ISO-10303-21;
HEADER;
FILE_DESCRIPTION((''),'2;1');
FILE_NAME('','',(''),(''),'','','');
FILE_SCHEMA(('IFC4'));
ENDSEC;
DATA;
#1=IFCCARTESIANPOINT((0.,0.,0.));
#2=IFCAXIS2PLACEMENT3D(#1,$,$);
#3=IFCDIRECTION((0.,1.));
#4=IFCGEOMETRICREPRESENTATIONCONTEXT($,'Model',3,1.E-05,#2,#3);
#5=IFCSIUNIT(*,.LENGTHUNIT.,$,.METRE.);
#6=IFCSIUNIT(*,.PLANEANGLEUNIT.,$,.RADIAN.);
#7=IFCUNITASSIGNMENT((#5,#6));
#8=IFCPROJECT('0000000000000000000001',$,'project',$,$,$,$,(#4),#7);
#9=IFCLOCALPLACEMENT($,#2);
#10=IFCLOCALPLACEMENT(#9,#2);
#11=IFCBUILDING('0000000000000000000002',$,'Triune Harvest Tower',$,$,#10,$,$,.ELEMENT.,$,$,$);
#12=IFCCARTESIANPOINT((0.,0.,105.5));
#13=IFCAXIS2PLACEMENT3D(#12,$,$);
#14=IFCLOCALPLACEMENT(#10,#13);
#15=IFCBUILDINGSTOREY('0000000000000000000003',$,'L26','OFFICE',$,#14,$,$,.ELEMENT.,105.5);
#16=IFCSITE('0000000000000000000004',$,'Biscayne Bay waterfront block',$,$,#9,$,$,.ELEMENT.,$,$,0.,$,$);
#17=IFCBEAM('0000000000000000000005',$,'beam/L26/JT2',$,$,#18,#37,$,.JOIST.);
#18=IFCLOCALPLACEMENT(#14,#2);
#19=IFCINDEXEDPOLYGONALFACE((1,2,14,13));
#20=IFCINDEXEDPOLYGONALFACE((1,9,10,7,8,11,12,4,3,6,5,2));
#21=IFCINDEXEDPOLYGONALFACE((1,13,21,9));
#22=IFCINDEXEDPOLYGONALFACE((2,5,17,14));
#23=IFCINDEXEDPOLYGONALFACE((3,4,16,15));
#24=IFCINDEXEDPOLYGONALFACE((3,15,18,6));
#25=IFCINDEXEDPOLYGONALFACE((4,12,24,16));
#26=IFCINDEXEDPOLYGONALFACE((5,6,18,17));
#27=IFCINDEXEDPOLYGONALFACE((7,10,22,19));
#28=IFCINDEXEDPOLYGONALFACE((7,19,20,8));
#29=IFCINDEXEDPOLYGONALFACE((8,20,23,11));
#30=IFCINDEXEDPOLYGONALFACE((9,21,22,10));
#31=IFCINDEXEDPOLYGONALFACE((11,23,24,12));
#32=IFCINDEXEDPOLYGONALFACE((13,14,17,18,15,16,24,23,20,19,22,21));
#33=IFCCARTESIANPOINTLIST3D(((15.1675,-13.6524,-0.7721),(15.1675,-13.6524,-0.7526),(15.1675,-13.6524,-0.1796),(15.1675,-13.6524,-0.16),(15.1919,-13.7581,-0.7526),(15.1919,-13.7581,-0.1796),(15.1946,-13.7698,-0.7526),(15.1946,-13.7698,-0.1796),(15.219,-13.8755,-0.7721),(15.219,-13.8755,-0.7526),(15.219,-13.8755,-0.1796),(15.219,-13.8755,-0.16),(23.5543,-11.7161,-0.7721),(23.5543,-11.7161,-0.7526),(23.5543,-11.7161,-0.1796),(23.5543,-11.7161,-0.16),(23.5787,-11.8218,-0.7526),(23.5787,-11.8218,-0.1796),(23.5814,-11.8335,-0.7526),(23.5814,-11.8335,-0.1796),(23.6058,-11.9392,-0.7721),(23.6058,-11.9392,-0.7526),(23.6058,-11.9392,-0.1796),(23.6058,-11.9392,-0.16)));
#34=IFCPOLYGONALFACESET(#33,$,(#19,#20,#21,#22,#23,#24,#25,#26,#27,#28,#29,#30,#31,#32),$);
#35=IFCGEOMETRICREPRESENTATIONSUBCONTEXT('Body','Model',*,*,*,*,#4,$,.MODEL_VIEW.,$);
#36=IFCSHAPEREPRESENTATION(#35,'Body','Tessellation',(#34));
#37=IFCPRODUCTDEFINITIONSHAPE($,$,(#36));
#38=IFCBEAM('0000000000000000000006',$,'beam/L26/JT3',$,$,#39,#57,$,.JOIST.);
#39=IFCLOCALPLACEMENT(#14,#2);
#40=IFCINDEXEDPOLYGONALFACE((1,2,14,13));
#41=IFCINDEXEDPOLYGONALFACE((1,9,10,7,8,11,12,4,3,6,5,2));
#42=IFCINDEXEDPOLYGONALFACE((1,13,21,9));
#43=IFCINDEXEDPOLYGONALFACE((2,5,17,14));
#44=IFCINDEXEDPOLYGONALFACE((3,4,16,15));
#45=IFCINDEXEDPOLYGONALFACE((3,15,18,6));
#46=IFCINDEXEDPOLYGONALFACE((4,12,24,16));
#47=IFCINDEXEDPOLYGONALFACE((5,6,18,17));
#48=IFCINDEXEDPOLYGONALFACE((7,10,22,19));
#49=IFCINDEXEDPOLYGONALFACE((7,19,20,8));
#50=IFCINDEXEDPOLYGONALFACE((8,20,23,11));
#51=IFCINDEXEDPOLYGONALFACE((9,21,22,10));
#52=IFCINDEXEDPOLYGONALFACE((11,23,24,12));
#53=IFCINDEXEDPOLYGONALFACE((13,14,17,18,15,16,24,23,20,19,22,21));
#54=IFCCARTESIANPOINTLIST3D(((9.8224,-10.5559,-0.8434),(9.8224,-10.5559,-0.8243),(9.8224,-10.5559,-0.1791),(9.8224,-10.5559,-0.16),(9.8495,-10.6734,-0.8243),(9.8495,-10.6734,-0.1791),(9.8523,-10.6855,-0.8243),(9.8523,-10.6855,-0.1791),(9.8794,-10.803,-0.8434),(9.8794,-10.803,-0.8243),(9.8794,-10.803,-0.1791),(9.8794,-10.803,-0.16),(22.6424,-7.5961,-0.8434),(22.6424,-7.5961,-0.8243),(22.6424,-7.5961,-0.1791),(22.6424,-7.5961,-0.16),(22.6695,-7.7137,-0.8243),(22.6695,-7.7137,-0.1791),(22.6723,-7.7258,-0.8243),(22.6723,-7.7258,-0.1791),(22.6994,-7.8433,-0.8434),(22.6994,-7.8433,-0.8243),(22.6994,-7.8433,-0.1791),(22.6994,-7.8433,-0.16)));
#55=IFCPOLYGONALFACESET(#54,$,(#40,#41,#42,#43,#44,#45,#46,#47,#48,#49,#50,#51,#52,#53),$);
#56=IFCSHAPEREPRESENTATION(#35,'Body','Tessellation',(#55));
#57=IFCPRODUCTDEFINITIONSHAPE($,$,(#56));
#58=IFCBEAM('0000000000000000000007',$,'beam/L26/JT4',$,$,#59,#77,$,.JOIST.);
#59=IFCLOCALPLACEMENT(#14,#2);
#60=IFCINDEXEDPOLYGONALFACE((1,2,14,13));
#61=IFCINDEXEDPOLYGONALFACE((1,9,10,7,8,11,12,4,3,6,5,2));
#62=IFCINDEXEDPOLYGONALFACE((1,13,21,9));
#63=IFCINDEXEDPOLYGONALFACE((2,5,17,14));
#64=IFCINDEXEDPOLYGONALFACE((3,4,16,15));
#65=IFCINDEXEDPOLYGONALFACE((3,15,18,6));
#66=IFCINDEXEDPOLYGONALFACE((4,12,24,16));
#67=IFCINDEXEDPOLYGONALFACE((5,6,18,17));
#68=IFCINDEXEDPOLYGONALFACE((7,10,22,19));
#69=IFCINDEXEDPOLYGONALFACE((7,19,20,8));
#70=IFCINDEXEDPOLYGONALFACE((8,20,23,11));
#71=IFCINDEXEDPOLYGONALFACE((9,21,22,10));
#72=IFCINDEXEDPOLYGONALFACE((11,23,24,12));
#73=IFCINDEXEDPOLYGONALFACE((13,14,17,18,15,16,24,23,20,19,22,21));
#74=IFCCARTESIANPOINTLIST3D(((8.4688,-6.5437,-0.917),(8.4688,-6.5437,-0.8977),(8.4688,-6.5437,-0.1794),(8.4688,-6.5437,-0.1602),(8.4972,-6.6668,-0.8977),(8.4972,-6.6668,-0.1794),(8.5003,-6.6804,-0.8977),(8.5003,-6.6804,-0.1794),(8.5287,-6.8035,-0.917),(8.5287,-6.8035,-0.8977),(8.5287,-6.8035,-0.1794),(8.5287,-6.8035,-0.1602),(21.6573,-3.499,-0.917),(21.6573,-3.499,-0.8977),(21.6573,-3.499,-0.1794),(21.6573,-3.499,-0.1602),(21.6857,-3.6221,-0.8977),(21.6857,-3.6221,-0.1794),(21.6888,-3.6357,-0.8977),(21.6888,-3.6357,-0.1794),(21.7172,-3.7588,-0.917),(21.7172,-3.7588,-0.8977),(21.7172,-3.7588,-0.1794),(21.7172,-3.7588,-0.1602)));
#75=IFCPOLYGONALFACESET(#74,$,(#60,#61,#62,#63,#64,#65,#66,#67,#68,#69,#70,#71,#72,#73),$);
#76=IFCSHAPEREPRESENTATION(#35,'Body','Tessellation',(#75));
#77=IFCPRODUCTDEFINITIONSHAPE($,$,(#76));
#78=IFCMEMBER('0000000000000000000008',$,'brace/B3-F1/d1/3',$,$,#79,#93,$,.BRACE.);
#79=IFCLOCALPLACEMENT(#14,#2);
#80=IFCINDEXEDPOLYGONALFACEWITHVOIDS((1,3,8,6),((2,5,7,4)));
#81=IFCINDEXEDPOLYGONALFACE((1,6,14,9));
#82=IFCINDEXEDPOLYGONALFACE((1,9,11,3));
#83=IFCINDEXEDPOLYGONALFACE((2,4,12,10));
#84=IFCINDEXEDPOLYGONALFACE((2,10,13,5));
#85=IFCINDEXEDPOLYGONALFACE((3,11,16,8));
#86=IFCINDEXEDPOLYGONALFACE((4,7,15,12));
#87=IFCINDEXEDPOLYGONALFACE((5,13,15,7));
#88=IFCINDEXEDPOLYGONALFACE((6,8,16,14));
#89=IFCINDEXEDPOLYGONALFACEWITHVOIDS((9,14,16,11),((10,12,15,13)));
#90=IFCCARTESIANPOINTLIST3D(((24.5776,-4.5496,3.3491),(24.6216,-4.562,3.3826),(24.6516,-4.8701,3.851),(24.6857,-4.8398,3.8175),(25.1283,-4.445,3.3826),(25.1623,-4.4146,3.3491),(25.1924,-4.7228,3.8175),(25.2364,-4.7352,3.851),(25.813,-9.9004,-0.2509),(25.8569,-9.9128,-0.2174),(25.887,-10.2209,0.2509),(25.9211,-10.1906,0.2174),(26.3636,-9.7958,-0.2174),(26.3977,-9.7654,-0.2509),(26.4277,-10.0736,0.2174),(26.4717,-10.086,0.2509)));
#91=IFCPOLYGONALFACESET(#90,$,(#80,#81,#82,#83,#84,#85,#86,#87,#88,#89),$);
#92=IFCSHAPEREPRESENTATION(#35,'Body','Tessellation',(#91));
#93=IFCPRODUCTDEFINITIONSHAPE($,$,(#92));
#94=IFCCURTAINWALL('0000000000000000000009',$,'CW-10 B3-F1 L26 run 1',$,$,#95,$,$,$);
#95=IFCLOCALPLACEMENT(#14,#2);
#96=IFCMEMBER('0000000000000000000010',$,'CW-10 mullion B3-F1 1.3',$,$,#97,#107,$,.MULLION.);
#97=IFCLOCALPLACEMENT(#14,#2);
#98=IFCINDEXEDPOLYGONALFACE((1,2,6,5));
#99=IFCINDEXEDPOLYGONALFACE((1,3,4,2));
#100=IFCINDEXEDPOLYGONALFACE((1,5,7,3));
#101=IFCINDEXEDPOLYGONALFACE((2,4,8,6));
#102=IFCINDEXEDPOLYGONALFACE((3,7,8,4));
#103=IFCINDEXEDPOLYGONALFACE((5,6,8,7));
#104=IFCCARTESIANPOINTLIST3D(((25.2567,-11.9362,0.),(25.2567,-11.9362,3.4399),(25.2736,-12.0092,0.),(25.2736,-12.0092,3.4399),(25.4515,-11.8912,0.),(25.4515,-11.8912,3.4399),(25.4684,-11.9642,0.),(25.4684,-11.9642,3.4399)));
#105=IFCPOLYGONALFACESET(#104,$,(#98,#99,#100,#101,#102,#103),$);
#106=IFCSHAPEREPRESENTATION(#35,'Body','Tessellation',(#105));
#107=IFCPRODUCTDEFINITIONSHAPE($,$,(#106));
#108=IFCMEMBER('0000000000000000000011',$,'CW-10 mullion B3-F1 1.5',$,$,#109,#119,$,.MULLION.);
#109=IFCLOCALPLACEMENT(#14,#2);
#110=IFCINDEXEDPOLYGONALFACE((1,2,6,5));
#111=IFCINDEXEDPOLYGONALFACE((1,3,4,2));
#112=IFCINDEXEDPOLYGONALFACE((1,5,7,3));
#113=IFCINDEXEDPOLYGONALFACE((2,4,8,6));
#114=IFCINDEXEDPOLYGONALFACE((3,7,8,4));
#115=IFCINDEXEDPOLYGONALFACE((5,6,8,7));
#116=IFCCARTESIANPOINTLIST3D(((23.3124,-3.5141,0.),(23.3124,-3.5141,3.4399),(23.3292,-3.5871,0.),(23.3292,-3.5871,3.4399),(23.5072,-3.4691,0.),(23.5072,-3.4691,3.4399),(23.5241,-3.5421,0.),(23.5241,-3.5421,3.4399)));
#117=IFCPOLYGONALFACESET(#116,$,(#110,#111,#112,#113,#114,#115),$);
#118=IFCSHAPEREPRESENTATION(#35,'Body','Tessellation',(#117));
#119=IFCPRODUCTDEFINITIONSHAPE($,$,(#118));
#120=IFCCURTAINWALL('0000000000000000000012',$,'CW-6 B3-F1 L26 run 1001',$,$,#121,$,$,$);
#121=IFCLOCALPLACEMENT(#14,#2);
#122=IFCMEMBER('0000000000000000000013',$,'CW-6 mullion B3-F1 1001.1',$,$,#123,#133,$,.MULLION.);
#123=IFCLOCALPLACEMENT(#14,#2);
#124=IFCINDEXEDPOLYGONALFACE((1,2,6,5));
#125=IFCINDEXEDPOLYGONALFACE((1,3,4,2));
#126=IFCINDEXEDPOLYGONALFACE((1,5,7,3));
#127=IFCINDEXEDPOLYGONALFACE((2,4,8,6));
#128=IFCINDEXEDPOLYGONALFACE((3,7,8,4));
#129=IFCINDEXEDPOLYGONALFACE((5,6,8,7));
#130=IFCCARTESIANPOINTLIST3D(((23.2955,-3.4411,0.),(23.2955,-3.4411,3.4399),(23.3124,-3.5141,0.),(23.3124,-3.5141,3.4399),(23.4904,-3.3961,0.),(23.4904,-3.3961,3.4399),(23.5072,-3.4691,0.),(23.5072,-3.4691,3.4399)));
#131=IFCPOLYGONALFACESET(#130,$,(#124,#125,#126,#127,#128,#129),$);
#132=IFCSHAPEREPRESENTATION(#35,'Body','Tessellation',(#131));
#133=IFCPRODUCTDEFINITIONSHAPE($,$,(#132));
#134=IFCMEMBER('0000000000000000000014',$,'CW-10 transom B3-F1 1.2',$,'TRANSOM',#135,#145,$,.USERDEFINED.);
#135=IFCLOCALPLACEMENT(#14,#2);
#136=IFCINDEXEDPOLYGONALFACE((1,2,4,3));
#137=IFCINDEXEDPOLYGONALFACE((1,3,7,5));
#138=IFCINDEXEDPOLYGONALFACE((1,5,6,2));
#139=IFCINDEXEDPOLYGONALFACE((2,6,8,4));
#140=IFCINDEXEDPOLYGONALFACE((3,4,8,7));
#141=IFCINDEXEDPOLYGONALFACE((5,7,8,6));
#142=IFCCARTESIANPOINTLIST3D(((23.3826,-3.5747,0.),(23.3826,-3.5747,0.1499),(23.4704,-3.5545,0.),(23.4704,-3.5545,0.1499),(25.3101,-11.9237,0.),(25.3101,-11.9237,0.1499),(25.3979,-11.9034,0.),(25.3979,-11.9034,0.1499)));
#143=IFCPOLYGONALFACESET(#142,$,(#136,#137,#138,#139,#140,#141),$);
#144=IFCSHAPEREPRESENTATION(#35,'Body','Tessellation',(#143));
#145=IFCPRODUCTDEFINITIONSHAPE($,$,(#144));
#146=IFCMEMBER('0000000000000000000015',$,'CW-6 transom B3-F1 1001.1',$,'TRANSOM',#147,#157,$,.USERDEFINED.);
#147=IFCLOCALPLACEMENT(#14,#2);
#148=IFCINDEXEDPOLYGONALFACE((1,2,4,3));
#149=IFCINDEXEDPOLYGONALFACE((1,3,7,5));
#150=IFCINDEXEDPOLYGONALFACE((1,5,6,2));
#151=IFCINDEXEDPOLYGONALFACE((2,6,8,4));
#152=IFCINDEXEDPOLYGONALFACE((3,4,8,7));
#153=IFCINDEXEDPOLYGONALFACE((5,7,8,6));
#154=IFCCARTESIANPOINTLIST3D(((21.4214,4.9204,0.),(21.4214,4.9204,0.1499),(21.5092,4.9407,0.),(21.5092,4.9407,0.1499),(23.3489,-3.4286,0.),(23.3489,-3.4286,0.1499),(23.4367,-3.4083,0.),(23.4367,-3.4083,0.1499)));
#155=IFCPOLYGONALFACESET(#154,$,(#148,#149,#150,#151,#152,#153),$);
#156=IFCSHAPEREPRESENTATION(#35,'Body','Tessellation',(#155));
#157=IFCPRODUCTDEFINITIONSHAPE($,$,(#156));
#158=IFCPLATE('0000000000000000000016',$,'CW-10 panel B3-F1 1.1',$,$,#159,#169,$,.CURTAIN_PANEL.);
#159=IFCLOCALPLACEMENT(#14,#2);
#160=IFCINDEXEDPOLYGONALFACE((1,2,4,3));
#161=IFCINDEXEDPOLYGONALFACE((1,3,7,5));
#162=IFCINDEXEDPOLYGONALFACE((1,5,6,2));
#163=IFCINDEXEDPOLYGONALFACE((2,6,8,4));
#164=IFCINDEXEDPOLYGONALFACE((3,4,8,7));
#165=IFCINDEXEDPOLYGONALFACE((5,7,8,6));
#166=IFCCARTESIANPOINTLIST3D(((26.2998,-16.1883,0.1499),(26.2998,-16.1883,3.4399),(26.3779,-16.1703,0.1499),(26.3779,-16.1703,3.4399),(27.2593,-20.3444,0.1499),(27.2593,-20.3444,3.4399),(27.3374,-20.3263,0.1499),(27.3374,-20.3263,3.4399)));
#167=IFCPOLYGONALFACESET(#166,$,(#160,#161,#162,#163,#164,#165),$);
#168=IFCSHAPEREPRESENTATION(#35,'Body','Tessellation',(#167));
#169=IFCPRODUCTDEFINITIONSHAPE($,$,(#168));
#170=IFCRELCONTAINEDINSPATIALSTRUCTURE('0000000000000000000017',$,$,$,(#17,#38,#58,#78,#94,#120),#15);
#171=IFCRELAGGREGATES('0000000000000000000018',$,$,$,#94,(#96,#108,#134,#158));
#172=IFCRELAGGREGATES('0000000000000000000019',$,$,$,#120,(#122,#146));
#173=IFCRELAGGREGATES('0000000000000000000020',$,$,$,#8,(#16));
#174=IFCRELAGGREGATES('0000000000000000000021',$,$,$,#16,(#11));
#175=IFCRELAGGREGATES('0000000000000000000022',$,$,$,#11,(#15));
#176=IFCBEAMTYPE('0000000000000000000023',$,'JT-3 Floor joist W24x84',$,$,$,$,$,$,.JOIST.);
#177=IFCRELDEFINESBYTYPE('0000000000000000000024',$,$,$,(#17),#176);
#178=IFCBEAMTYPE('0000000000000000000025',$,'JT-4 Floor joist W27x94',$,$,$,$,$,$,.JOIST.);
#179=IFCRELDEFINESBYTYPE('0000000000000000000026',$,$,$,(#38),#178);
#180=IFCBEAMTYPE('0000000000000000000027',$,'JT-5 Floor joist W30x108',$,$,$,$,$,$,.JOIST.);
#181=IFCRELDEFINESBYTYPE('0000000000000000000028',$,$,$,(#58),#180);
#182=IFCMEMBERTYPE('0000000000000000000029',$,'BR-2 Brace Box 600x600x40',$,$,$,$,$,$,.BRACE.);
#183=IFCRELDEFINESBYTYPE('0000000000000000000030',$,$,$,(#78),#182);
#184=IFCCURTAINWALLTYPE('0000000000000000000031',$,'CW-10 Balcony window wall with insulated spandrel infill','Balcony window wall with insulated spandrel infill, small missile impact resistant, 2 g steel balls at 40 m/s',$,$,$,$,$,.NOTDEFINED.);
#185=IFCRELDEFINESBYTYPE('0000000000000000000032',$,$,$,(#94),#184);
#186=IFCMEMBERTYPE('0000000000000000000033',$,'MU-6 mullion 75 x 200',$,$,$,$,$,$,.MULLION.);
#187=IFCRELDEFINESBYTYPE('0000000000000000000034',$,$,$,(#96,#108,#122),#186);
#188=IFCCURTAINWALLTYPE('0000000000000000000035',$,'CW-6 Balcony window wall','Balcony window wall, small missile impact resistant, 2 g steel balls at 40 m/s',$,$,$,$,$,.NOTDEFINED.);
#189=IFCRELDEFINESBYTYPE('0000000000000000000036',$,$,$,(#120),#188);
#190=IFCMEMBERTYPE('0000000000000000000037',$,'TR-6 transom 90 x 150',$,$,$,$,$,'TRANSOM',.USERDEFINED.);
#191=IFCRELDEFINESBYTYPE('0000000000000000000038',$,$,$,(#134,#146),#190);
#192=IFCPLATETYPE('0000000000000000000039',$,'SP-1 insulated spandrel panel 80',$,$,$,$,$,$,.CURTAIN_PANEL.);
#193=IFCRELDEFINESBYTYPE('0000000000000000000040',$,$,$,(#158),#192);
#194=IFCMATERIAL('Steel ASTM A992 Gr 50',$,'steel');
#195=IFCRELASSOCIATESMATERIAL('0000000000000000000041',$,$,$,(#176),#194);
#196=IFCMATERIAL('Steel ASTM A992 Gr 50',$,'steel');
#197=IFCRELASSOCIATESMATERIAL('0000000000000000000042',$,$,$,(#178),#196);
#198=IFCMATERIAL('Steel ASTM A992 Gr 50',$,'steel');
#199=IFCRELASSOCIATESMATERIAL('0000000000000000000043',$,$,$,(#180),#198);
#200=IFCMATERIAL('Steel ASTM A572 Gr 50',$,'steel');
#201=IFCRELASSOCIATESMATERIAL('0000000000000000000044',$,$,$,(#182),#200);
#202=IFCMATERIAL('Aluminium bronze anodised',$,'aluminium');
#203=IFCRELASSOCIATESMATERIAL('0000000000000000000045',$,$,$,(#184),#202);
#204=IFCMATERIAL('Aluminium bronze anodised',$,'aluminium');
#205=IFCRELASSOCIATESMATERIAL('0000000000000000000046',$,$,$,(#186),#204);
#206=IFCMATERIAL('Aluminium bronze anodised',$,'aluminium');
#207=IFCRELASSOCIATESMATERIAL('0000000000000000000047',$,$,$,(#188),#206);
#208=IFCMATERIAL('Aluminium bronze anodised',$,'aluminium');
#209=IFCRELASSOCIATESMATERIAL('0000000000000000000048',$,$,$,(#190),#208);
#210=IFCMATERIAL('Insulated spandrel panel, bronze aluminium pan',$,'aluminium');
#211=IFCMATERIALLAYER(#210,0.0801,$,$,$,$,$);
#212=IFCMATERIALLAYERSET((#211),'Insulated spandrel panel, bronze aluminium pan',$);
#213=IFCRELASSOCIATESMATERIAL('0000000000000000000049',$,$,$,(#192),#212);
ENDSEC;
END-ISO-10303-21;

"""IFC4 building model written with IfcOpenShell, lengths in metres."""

from ifc_helpers import new_model, si_unit, direction, frame, origin, origin_2d, place, context, subcontext, project, spatial, rectangle, hollow_rectangle, i_section, extrude, source, transform, mapped, material, layer, layer_set, material_profile, profile_set, type_object, element, aggregate, save


model = new_model("IFC4")

# Units and contexts
model_context = context("Model", 3, precision=1e-05, world=origin(), true_north=direction((0.0, 1.0)))
body_context = subcontext(model_context, "Body", "Model", "MODEL_VIEW")
ifc_project = project(units=[si_unit("LENGTHUNIT", "METRE"), si_unit("PLANEANGLEUNIT", "RADIAN")], contexts=[model_context])

# Site, building, storey
site_placement = place(None, origin())
site = spatial("IfcSite", under=ifc_project, at=site_placement, Name="Biscayne Bay waterfront block", CompositionType="ELEMENT", RefElevation=0.0)
building_placement = place(site_placement, origin())
building = spatial("IfcBuilding", under=site, at=building_placement, Name="Triune Harvest Tower", CompositionType="ELEMENT")
storey_placement = place(building_placement, frame((0.0, 0.0, 105.5)))
storey = spatial("IfcBuildingStorey", under=building, at=storey_placement, Name="L26", Description="OFFICE", CompositionType="ELEMENT", Elevation=105.5)

# Beams
ifc_material_1 = material(Name="Steel ASTM A992 Gr 50", Category="steel")
ifc_material_profile_1 = material_profile(ifc_material_1, i_section(OverallWidth=0.229, OverallDepth=0.6121, WebThickness=0.012, FlangeThickness=0.0195, at=origin_2d()), Name="W24x84")
ifc_profile_set_1 = profile_set([ifc_material_profile_1], Name="Steel ASTM A992 Gr 50")
beam_type_1 = type_object("IfcBeamType", Name="JT-3 Floor joist W24x84", PredefinedType="JOIST", material=ifc_profile_set_1)
shared_shape_1 = source(origin(), body_context, "Body", "SweptSolid", [
    extrude(i_section(OverallWidth=0.229, OverallDepth=0.6121, WebThickness=0.012, FlangeThickness=0.0195, at=origin_2d()), origin(), (0.0, 0.0, 1.0), 8.6074),
])
beam_1_placement = place(storey_placement, frame((23.5801, -11.8276, -0.4661), z_axis=(-0.974369, -0.224957, 0.0), x_axis=(0.224957, -0.974369, 0.0)))
element("IfcBeam", 1, at=beam_1_placement, inside=storey, type_object=beam_type_1, Name="beam/L26/JT2", PredefinedType="JOIST", context=body_context, shape_type="MappedRepresentation", body=[
    mapped(shared_shape_1, transform((0.0, 0.0, 0.0), scale=1.0)),
])
ifc_material_2 = material(Name="Steel ASTM A992 Gr 50", Category="steel")
ifc_material_profile_2 = material_profile(ifc_material_2, i_section(OverallWidth=0.2537, OverallDepth=0.6833, WebThickness=0.0125, FlangeThickness=0.019, at=origin_2d()), Name="W27x94")
ifc_profile_set_2 = profile_set([ifc_material_profile_2], Name="Steel ASTM A992 Gr 50")
beam_type_2 = type_object("IfcBeamType", Name="JT-4 Floor joist W27x94", PredefinedType="JOIST", material=ifc_profile_set_2)
shared_shape_2 = source(origin(), body_context, "Body", "SweptSolid", [
    extrude(i_section(OverallWidth=0.2537, OverallDepth=0.6833, WebThickness=0.0125, FlangeThickness=0.019, at=origin_2d()), origin(), (0.0, 0.0, 1.0), 13.1572),
])
beam_2_placement = place(storey_placement, frame((22.6709, -7.7197, -0.5017), z_axis=(-0.974371, -0.224949, 0.0), x_axis=(0.224949, -0.974371, 0.0)))
element("IfcBeam", 2, at=beam_2_placement, inside=storey, type_object=beam_type_2, Name="beam/L26/JT3", PredefinedType="JOIST", context=body_context, shape_type="MappedRepresentation", body=[
    mapped(shared_shape_2, transform((0.0, 0.0, 0.0), scale=1.0)),
])
ifc_material_3 = material(Name="Steel ASTM A992 Gr 50", Category="steel")
ifc_material_profile_3 = material_profile(ifc_material_3, i_section(OverallWidth=0.2666, OverallDepth=0.7568, WebThickness=0.0139, FlangeThickness=0.0193, at=origin_2d()), Name="W30x108")
ifc_profile_set_3 = profile_set([ifc_material_profile_3], Name="Steel ASTM A992 Gr 50")
beam_type_3 = type_object("IfcBeamType", Name="JT-5 Floor joist W30x108", PredefinedType="JOIST", material=ifc_profile_set_3)
shared_shape_3 = source(origin(), body_context, "Body", "SweptSolid", [
    extrude(i_section(OverallWidth=0.2666, OverallDepth=0.7568, WebThickness=0.0139, FlangeThickness=0.0193, at=origin_2d()), origin(), (0.0, 0.0, 1.0), 13.5354),
])
beam_3_placement = place(storey_placement, frame((21.6873, -3.6289, -0.5386), z_axis=(-0.974372, -0.224942, 0.0), x_axis=(0.224942, -0.974372, 0.0)))
element("IfcBeam", 3, at=beam_3_placement, inside=storey, type_object=beam_type_3, Name="beam/L26/JT4", PredefinedType="JOIST", context=body_context, shape_type="MappedRepresentation", body=[
    mapped(shared_shape_3, transform((0.0, 0.0, 0.0), scale=1.0)),
])

# Member
ifc_material_4 = material(Name="Steel ASTM A572 Gr 50", Category="steel")
ifc_material_profile_4 = material_profile(ifc_material_4, hollow_rectangle(XDim=0.6001, YDim=0.6001, WallThickness=0.04, at=origin_2d()), Name="Box 600x600x40")
ifc_profile_set_4 = profile_set([ifc_material_profile_4], Name="Steel ASTM A572 Gr 50")
member_type_1 = type_object("IfcMemberType", Name="BR-2 Brace Box 600x600x40", PredefinedType="BRACE", material=ifc_profile_set_4)
shared_shape_4 = source(origin(), body_context, "Body", "SweptSolid", [
    extrude(hollow_rectangle(XDim=0.6001, YDim=0.6001, WallThickness=0.04, at=origin_2d()), origin(), (0.0, 0.0, 1.0), 6.5664),
])
member_1_placement = place(storey_placement, frame((26.1423, -9.9932, 0.0), z_axis=(-0.188131, 0.814875, 0.548257), x_axis=(-0.974369, -0.224954, 0.0)))
element("IfcMember", 4, at=member_1_placement, inside=storey, type_object=member_type_1, Name="brace/B3-F1/d1/3", PredefinedType="BRACE", context=body_context, shape_type="MappedRepresentation", body=[
    mapped(shared_shape_4, transform((0.0, 0.0, 0.0), scale=1.0)),
])

# Curtain wall, members
ifc_material_5 = material(Name="Aluminium bronze anodised", Category="aluminium")
curtain_wall_type_1 = type_object("IfcCurtainWallType", Name="CW-10 Balcony window wall with insulated spandrel infill", Description="Balcony window wall with insulated spandrel infill, small missile impact resistant, 2 g steel balls at 40 m/s", PredefinedType="NOTDEFINED", material=ifc_material_5)
curtain_wall_1_placement = place(storey_placement, origin())
curtain_wall_1 = element("IfcCurtainWall", 5, at=curtain_wall_1_placement, inside=storey, type_object=curtain_wall_type_1, Name="CW-10 B3-F1 L26 run 1")
ifc_material_6 = material(Name="Aluminium bronze anodised", Category="aluminium")
ifc_material_profile_5 = material_profile(ifc_material_6, rectangle(XDim=0.2, YDim=0.075, at=origin_2d()), Name="MU-6 mullion 75 x 200")
ifc_profile_set_5 = profile_set([ifc_material_profile_5], Name="Aluminium bronze anodised")
member_type_2 = type_object("IfcMemberType", Name="MU-6 mullion 75 x 200", PredefinedType="MULLION", material=ifc_profile_set_5)
shared_shape_5 = source(origin(), body_context, "Body", "SweptSolid", [
    extrude(rectangle(XDim=0.2, YDim=0.075, at=origin_2d()), origin(), (0.0, 0.0, 1.0), 3.4399),
])
member_2_placement = place(storey_placement, frame((25.3625, -11.9502, 0.0), z_axis=(0.0, 0.0, 1.0), x_axis=(-0.974371, -0.224949, 0.0)))
member_2 = element("IfcMember", 6, at=member_2_placement, type_object=member_type_2, Name="CW-10 mullion B3-F1 1.3", PredefinedType="MULLION", context=body_context, shape_type="MappedRepresentation", body=[
    mapped(shared_shape_5, transform((0.0, 0.0, 0.0), scale=1.0)),
])
member_3_placement = place(storey_placement, frame((23.4182, -3.5281, 0.0), z_axis=(0.0, 0.0, 1.0), x_axis=(-0.974371, -0.224949, 0.0)))
member_3 = element("IfcMember", 7, at=member_3_placement, type_object=member_type_2, Name="CW-10 mullion B3-F1 1.5", PredefinedType="MULLION", context=body_context, shape_type="MappedRepresentation", body=[
    mapped(shared_shape_5, transform((0.0, 0.0, 0.0), scale=1.0)),
])

# Curtain wall, member
ifc_material_7 = material(Name="Aluminium bronze anodised", Category="aluminium")
curtain_wall_type_2 = type_object("IfcCurtainWallType", Name="CW-6 Balcony window wall", Description="Balcony window wall, small missile impact resistant, 2 g steel balls at 40 m/s", PredefinedType="NOTDEFINED", material=ifc_material_7)
curtain_wall_2_placement = place(storey_placement, origin())
curtain_wall_2 = element("IfcCurtainWall", 8, at=curtain_wall_2_placement, inside=storey, type_object=curtain_wall_type_2, Name="CW-6 B3-F1 L26 run 1001")
member_4_placement = place(storey_placement, frame((23.4014, -3.4551, 0.0), z_axis=(0.0, 0.0, 1.0), x_axis=(-0.974369, -0.224955, 0.0)))
member_4 = element("IfcMember", 9, at=member_4_placement, type_object=member_type_2, Name="CW-6 mullion B3-F1 1001.1", PredefinedType="MULLION", context=body_context, shape_type="MappedRepresentation", body=[
    mapped(shared_shape_5, transform((0.0, 0.0, 0.0), scale=1.0)),
])

# Members
ifc_material_8 = material(Name="Aluminium bronze anodised", Category="aluminium")
ifc_material_profile_6 = material_profile(ifc_material_8, rectangle(XDim=0.0901, YDim=0.1499, at=origin_2d()), Name="TR-6 transom 90 x 150")
ifc_profile_set_6 = profile_set([ifc_material_profile_6], Name="Aluminium bronze anodised")
member_type_3 = type_object("IfcMemberType", Name="TR-6 transom 90 x 150", ElementType="TRANSOM", PredefinedType="USERDEFINED", material=ifc_profile_set_6)
shared_shape_6 = source(origin(), body_context, "Body", "SweptSolid", [
    extrude(rectangle(XDim=0.0901, YDim=0.1499, at=origin_2d()), origin(), (0.0, 0.0, 1.0), 8.5686),
])
member_5_placement = place(storey_placement, frame((25.354, -11.9136, 0.075), z_axis=(-0.224951, 0.97437, 0.0), x_axis=(-0.97437, -0.224951, 0.0)))
member_5 = element("IfcMember", 10, at=member_5_placement, type_object=member_type_3, Name="CW-10 transom B3-F1 1.2", ObjectType="TRANSOM", PredefinedType="USERDEFINED", context=body_context, shape_type="MappedRepresentation", body=[
    mapped(shared_shape_6, transform((0.0, 0.0, 0.0), scale=1.0)),
])
member_6_placement = place(storey_placement, frame((23.3928, -3.4185, 0.075), z_axis=(-0.224951, 0.97437, 0.0), x_axis=(-0.97437, -0.224951, 0.0)))
member_6 = element("IfcMember", 11, at=member_6_placement, type_object=member_type_3, Name="CW-6 transom B3-F1 1001.1", ObjectType="TRANSOM", PredefinedType="USERDEFINED", context=body_context, shape_type="MappedRepresentation", body=[
    mapped(shared_shape_6, transform((0.0, 0.0, 0.0), scale=1.0)),
])

# Plate
ifc_material_9 = material(Name="Insulated spandrel panel, bronze aluminium pan", Category="aluminium")
ifc_layer_1 = layer(ifc_material_9, 0.0801)
ifc_layer_set_1 = layer_set([ifc_layer_1], Name="Insulated spandrel panel, bronze aluminium pan")
plate_type_1 = type_object("IfcPlateType", Name="SP-1 insulated spandrel panel 80", PredefinedType="CURTAIN_PANEL", material=ifc_layer_set_1)
shared_shape_7 = source(origin(), body_context, "Body", "SweptSolid", [
    extrude(rectangle(XDim=4.2654, YDim=0.0801, at=origin_2d()), origin(), (0.0, 0.0, 1.0), 3.29),
])
plate_1_placement = place(storey_placement, frame((26.8186, -18.2573, 0.1499), z_axis=(0.0, 0.0, 1.0), x_axis=(-0.224949, 0.974371, 0.0)))
plate_1 = element("IfcPlate", 12, at=plate_1_placement, type_object=plate_type_1, Name="CW-10 panel B3-F1 1.1", PredefinedType="CURTAIN_PANEL", context=body_context, shape_type="MappedRepresentation", body=[
    mapped(shared_shape_7, transform((0.0, 0.0, 0.0), scale=1.0)),
])
aggregate(curtain_wall_1, [member_2, member_3, member_5, plate_1])
aggregate(curtain_wall_2, [member_4, member_6])

save(model, "model.ifc")
